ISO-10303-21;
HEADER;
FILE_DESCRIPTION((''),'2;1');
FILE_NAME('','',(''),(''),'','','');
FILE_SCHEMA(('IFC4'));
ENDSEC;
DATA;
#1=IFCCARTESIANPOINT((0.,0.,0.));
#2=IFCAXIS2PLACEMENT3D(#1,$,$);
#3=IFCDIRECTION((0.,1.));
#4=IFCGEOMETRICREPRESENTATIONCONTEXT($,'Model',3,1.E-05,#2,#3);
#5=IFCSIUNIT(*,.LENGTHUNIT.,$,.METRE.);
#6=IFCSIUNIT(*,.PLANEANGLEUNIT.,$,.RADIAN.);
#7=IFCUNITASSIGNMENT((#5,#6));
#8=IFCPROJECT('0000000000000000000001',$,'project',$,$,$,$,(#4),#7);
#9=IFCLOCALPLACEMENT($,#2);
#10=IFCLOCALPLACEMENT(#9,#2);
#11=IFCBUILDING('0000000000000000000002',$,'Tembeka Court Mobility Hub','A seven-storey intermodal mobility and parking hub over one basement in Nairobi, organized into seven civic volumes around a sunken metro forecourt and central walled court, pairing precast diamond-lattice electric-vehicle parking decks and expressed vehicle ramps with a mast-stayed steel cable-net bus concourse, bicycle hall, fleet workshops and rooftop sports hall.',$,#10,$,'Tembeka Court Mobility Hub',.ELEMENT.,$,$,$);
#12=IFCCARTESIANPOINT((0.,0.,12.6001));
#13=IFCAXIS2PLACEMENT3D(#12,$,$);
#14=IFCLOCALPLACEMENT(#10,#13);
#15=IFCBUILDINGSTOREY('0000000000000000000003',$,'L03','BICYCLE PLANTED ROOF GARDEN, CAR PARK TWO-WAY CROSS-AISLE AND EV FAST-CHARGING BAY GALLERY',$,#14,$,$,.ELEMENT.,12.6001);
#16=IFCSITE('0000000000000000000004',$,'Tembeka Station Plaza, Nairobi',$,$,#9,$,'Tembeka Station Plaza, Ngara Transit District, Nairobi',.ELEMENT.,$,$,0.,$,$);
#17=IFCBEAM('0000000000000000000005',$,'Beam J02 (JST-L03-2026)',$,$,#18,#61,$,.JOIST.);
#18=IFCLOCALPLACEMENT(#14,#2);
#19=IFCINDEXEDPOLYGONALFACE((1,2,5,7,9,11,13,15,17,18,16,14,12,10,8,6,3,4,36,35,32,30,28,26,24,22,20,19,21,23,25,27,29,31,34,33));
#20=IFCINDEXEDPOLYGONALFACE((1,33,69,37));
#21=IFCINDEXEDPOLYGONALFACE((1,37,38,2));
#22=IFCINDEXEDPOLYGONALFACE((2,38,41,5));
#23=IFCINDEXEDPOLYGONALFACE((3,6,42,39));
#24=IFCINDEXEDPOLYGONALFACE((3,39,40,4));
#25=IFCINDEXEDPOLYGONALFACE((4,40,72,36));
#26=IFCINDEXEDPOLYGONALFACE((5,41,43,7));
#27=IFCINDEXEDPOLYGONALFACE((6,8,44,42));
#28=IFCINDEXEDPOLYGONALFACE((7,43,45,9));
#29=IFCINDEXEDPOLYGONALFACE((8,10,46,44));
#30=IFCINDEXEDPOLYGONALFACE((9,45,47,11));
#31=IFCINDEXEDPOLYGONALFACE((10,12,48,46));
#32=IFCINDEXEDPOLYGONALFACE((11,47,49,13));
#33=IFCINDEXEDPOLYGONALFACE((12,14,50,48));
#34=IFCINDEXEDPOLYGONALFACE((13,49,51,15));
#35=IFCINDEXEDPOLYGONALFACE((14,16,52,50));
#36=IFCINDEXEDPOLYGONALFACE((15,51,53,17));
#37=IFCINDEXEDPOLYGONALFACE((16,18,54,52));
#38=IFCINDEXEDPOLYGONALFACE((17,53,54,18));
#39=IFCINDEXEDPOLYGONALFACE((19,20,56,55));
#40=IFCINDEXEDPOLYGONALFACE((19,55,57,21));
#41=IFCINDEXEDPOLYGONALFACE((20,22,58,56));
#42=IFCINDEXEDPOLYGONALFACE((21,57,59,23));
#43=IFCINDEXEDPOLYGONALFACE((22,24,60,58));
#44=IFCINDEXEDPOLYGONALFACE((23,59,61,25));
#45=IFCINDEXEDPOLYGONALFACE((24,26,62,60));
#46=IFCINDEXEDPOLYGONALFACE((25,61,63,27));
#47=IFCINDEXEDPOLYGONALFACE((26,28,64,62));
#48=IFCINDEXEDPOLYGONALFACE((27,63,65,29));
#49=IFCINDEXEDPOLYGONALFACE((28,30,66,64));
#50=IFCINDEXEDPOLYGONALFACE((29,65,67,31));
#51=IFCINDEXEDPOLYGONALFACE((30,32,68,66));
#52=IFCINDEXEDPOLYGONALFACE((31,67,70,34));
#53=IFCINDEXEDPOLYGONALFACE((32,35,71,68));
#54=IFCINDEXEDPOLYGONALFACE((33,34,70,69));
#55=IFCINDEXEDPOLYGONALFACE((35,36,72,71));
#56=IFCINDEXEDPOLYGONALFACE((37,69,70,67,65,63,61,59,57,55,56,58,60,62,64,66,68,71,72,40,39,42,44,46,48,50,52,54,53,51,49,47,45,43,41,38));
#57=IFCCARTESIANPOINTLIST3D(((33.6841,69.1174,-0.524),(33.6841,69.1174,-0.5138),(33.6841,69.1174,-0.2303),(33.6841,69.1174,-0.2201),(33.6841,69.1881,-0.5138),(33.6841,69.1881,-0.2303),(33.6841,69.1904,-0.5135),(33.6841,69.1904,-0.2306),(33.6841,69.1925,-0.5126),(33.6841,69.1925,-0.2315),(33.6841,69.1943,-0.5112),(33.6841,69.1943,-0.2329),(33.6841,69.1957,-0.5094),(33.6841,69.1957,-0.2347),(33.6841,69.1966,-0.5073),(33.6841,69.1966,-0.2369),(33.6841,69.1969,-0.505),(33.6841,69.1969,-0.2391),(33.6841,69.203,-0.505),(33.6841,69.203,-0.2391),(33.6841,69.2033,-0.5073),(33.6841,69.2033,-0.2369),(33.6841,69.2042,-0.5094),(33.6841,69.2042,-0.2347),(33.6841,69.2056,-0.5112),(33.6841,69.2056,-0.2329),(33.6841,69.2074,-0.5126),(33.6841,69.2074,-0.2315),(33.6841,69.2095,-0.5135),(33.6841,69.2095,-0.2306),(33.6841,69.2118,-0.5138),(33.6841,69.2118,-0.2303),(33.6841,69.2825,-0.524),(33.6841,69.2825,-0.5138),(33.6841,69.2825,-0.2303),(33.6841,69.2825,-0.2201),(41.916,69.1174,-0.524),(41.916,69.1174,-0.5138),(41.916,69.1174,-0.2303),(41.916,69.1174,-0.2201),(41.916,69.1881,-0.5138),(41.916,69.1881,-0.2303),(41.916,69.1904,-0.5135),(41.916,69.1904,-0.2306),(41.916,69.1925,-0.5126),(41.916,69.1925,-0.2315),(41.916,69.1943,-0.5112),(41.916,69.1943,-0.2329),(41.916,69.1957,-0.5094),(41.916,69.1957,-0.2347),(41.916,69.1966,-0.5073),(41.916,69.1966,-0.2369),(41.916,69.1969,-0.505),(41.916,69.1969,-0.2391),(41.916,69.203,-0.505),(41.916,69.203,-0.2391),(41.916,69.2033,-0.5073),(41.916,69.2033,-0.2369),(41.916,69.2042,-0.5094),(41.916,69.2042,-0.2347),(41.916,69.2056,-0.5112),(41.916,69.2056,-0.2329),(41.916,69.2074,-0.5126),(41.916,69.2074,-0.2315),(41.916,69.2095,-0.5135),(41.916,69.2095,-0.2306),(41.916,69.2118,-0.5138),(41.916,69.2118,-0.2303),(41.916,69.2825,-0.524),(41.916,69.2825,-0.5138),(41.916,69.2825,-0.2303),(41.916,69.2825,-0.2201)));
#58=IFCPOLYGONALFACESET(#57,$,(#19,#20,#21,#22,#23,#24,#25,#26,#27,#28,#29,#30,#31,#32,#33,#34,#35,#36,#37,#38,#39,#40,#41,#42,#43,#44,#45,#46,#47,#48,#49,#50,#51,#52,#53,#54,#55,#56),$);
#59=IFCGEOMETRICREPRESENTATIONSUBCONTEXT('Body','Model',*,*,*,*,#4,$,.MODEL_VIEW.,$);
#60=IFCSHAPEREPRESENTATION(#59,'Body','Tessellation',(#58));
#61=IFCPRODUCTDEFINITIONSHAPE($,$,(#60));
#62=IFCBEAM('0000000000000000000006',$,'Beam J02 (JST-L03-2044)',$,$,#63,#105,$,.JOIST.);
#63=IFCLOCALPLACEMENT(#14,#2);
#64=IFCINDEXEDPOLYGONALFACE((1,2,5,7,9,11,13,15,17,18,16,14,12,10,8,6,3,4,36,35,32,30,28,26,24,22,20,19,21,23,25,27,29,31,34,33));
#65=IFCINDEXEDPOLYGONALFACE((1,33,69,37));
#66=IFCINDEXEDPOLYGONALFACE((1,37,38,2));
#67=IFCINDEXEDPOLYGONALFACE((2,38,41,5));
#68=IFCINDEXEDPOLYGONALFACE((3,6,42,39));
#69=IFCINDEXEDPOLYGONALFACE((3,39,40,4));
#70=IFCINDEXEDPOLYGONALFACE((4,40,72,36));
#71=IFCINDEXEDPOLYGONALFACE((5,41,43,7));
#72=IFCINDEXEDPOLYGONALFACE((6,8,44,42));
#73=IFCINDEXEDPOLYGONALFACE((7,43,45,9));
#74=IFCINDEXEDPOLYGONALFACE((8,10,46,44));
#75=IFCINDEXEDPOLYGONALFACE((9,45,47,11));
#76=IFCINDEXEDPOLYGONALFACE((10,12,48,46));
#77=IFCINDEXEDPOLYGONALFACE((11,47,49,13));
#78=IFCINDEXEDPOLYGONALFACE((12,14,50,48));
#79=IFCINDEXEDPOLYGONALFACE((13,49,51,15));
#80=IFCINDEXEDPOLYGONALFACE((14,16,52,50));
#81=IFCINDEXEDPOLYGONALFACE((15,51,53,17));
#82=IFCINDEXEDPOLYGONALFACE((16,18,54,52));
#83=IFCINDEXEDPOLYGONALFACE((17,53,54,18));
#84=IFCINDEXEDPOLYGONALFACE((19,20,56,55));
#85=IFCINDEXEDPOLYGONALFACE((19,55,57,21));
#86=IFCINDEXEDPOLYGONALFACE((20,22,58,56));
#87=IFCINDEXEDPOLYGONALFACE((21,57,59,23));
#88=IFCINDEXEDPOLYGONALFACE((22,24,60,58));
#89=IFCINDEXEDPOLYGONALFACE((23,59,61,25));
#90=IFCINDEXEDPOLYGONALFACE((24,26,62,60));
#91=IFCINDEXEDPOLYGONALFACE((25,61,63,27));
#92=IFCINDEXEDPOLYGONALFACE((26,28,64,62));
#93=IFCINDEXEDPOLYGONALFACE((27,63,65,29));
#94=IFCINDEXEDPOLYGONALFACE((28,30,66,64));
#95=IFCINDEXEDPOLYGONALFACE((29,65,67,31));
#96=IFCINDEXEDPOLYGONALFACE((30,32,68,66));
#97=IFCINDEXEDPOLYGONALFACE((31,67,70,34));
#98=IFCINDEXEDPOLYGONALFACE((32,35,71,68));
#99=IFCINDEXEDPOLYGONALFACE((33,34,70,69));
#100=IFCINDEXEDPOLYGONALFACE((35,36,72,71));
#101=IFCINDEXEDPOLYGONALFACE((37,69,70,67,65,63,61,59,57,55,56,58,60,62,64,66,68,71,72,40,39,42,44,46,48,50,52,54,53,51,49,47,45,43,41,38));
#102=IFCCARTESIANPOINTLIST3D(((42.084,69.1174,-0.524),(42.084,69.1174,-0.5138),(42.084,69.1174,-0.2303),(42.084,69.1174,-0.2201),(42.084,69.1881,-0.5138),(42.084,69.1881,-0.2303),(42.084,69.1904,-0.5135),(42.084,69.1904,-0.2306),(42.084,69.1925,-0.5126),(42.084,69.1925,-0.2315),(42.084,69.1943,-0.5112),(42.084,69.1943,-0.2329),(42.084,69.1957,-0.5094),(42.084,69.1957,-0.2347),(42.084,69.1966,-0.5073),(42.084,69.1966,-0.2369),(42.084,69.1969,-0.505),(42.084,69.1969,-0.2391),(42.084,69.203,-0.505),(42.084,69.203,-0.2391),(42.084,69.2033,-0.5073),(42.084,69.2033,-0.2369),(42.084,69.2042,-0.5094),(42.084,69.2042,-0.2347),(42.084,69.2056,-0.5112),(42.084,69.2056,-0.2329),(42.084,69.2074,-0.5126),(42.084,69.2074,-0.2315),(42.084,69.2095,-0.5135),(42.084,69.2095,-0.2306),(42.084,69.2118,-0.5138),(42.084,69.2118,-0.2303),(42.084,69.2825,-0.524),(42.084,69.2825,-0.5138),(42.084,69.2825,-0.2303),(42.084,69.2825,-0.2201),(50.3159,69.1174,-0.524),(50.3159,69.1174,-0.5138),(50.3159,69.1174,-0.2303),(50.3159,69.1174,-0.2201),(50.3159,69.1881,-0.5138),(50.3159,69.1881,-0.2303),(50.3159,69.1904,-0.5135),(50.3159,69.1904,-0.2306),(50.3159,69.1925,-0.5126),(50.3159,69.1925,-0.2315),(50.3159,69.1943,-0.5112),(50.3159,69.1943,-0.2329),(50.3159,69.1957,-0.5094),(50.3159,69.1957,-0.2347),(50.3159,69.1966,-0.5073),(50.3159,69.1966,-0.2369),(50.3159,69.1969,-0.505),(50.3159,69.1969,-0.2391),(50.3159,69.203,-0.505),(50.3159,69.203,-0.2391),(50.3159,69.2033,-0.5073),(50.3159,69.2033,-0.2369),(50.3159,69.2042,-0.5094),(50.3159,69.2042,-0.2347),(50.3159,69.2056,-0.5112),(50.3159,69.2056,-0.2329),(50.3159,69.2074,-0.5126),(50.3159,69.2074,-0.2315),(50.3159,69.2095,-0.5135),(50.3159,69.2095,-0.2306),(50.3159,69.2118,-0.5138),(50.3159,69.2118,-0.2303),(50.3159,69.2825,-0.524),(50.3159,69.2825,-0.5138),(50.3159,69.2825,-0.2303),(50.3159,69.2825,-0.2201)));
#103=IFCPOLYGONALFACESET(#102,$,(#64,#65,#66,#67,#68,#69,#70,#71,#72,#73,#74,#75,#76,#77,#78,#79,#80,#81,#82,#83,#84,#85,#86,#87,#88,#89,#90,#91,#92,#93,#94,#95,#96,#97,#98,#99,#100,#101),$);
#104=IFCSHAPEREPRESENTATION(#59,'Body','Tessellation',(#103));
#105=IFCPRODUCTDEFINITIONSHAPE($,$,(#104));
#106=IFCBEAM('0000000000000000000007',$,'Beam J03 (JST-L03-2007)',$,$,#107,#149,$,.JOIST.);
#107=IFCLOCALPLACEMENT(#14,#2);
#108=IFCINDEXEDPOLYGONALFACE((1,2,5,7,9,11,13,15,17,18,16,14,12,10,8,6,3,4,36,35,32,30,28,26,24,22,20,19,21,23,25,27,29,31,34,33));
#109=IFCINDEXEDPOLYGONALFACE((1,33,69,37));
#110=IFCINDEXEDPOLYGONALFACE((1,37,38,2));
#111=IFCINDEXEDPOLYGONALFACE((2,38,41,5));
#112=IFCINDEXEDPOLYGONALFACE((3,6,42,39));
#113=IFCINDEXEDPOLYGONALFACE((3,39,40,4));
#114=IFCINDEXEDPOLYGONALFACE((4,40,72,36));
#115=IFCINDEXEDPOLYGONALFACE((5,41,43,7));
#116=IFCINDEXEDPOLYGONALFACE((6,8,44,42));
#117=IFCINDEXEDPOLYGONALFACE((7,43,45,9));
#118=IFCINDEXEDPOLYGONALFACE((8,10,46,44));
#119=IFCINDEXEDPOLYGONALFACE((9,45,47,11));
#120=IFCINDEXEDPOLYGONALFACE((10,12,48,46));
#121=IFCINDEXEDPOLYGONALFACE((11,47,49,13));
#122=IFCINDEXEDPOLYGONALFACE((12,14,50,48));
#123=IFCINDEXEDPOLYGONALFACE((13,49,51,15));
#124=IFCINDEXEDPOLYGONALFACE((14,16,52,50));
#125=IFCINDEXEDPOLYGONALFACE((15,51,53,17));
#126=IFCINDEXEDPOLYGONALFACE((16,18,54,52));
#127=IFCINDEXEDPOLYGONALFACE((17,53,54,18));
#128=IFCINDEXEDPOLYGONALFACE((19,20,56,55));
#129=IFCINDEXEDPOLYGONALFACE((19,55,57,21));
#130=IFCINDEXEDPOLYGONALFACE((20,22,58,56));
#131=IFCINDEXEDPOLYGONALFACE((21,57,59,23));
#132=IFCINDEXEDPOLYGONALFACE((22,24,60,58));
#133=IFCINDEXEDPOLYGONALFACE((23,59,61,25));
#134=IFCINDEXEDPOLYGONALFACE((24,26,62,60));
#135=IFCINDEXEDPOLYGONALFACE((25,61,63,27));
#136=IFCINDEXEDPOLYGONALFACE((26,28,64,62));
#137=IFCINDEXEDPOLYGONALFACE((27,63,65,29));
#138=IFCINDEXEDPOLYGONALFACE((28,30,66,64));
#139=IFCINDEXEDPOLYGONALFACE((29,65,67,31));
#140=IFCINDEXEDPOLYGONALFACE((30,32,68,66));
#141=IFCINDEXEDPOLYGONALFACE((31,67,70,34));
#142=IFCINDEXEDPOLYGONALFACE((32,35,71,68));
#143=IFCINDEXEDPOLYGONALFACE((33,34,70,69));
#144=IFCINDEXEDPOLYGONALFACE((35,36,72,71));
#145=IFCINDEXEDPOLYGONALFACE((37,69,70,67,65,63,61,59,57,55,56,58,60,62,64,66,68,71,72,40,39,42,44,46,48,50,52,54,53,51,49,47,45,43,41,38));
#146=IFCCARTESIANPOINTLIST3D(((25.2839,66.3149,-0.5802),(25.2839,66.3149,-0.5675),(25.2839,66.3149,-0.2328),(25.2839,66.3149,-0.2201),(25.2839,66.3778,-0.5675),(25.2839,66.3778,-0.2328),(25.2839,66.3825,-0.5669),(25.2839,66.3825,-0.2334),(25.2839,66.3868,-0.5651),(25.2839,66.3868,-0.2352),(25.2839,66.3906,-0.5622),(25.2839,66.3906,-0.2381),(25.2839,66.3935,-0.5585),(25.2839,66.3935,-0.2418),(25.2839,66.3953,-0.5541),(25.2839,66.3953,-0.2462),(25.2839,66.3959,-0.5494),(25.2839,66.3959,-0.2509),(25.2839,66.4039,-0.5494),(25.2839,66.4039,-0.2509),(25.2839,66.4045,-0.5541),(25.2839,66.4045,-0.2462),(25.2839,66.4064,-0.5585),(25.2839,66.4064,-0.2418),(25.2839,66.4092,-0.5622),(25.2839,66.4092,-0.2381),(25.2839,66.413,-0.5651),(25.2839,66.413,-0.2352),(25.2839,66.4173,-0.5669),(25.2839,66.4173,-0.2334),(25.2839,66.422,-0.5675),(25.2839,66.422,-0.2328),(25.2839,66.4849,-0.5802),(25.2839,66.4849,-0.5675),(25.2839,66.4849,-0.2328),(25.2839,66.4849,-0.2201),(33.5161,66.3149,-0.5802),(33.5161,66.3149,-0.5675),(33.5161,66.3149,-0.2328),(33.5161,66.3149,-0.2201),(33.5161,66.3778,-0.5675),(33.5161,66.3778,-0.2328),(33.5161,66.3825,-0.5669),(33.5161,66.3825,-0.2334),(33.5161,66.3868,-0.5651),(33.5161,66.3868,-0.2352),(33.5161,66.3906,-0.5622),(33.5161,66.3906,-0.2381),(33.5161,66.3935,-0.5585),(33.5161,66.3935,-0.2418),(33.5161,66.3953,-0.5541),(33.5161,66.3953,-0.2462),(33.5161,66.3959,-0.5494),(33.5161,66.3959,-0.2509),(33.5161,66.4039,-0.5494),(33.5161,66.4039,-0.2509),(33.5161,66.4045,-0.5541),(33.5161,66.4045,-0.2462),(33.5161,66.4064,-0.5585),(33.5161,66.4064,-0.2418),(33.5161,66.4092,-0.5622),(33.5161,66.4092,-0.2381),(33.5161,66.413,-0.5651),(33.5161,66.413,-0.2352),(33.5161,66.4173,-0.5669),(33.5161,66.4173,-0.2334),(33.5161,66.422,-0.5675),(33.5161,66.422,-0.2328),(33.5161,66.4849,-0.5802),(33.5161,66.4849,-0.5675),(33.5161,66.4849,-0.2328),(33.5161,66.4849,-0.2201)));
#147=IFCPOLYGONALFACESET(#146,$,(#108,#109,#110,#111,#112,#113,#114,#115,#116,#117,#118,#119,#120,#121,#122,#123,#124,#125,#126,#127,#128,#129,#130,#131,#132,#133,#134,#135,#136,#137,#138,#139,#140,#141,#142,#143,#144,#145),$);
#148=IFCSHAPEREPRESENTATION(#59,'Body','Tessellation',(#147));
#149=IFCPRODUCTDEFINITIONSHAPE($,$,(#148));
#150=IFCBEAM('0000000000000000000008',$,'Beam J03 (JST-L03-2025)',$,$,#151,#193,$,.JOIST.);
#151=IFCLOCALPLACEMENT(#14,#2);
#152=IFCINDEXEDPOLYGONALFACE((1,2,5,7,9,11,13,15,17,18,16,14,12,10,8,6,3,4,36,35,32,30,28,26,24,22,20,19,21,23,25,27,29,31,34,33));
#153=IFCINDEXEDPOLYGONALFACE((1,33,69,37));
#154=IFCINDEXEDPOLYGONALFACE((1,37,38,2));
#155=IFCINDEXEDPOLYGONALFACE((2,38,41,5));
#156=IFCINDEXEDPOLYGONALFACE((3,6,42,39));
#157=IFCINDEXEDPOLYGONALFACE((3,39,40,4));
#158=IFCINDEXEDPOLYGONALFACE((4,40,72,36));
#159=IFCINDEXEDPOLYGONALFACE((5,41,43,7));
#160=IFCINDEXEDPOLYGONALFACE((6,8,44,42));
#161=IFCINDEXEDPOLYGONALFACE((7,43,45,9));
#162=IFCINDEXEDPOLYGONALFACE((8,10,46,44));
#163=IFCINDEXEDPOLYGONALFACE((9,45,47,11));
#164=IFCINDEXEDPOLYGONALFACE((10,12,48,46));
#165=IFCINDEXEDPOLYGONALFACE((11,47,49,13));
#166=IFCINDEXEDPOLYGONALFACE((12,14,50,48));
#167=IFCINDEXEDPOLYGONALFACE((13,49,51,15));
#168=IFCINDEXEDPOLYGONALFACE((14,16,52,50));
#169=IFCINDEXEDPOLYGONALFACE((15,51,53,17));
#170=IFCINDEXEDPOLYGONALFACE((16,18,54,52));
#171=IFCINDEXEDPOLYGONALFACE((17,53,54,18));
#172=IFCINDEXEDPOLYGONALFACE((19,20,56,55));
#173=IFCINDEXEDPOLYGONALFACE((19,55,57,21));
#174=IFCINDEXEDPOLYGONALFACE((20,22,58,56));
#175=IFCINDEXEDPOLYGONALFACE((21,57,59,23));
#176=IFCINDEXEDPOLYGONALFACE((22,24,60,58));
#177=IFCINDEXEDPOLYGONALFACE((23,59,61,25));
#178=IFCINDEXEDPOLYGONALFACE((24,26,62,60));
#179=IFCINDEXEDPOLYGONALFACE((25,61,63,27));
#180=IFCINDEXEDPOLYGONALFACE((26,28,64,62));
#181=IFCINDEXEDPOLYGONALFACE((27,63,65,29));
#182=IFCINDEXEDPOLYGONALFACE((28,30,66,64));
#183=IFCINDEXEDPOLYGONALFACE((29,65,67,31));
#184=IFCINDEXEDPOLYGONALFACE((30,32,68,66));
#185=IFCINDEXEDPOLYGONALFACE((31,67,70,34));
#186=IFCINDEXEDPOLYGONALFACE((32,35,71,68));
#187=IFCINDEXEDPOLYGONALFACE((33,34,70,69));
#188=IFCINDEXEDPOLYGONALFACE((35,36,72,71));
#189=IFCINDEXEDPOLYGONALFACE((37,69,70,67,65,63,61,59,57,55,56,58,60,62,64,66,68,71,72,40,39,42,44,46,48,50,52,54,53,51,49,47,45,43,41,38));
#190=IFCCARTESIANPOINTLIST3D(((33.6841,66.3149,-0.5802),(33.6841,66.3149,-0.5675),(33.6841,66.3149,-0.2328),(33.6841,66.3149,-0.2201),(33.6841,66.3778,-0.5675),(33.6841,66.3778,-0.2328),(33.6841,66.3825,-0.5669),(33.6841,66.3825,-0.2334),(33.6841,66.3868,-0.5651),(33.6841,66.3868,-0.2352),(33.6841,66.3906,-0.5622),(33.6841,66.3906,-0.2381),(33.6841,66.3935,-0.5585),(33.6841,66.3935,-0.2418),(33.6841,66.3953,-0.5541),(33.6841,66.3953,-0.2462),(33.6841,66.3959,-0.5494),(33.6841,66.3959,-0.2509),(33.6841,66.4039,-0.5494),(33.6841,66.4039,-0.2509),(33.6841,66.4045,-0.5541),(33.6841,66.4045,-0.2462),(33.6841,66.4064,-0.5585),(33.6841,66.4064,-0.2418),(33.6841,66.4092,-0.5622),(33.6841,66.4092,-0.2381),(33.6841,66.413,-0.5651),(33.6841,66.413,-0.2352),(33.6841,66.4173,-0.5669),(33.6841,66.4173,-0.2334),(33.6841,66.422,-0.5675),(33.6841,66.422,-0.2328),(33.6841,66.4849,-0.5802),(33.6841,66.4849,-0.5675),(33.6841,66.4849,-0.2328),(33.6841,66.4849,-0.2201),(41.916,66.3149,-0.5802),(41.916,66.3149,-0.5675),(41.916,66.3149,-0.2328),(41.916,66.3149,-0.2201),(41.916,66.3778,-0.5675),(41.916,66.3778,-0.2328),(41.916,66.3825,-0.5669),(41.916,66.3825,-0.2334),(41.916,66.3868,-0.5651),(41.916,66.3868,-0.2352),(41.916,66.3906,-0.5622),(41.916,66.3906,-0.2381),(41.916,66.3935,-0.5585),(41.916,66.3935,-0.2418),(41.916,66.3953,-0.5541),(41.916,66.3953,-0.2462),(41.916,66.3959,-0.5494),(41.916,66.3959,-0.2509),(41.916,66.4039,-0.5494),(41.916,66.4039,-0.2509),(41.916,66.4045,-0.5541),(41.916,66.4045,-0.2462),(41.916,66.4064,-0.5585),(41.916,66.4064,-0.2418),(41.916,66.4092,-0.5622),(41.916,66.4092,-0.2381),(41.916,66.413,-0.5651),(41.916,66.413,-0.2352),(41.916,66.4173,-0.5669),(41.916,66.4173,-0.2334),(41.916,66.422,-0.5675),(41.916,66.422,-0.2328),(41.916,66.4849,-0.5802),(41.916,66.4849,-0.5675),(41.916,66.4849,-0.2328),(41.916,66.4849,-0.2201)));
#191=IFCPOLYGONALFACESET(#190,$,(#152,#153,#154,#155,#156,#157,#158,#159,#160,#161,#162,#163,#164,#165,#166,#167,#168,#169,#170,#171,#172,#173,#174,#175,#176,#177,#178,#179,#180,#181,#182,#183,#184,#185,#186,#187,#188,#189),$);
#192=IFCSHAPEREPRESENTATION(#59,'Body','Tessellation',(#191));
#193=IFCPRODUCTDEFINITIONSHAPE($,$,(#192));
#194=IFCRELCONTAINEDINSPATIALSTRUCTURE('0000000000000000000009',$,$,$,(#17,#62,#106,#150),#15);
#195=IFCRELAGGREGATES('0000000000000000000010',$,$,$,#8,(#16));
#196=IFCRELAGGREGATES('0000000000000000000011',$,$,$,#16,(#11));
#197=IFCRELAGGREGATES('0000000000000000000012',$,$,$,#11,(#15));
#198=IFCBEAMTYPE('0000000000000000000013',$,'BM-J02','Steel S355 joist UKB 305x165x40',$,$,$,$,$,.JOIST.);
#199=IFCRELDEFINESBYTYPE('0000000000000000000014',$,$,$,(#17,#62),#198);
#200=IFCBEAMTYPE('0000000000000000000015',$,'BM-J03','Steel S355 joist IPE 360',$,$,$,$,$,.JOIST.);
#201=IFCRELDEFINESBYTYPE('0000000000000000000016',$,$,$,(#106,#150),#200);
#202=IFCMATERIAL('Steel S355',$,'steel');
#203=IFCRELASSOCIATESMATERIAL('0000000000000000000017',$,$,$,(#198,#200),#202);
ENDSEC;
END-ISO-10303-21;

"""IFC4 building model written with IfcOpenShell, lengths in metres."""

from ifc_helpers import new_model, si_unit, direction, frame, origin, origin_2d, place, context, subcontext, project, spatial, i_section, extrude, material, material_profile, profile_set, type_object, element, save


model = new_model("IFC4")

# Units and contexts
model_context = context("Model", 3, precision=1e-05, world=origin(), true_north=direction((0.0, 1.0)))
body_context = subcontext(model_context, "Body", "Model", "MODEL_VIEW")
ifc_project = project(units=[si_unit("LENGTHUNIT", "METRE"), si_unit("PLANEANGLEUNIT", "RADIAN")], contexts=[model_context])

# Site, building, storey
site_placement = place(None, origin())
site = spatial("IfcSite", under=ifc_project, at=site_placement, Name="Tembeka Station Plaza, Nairobi", LongName="Tembeka Station Plaza, Ngara Transit District, Nairobi", CompositionType="ELEMENT", RefElevation=0.0)
building_placement = place(site_placement, origin())
building = spatial("IfcBuilding", under=site, at=building_placement, Name="Tembeka Court Mobility Hub", Description="A seven-storey intermodal mobility and parking hub over one basement in Nairobi, organized into seven civic volumes around a sunken metro forecourt and central walled court, pairing precast diamond-lattice electric-vehicle parking decks and expressed vehicle ramps with a mast-stayed steel cable-net bus concourse, bicycle hall, fleet workshops and rooftop sports hall.", LongName="Tembeka Court Mobility Hub", CompositionType="ELEMENT")
storey_placement = place(building_placement, frame((0.0, 0.0, 12.6001)))
storey = spatial("IfcBuildingStorey", under=building, at=storey_placement, Name="L03", Description="BICYCLE PLANTED ROOF GARDEN, CAR PARK TWO-WAY CROSS-AISLE AND EV FAST-CHARGING BAY GALLERY", CompositionType="ELEMENT", Elevation=12.6001)

# Shared definitions
ifc_material = material(Name="Steel S355", Category="steel")

# Beams
ifc_material_profile_1 = material_profile(ifc_material, i_section(OverallWidth=0.165, OverallDepth=0.304, WebThickness=0.0061, FlangeThickness=0.0103, FilletRadius=0.0088, at=origin_2d()), Name="UKB 305x165x40")
ifc_profile_set_1 = profile_set([ifc_material_profile_1], Name="Steel S355")
beam_type_1 = type_object("IfcBeamType", Name="BM-J02", Description="Steel S355 joist UKB 305x165x40", PredefinedType="JOIST", material=ifc_profile_set_1)
for number, where, z_axis, x_axis, name in (
    (1, (33.6841, 69.2, -0.3721), (1.0, 0.0, 0.0), (0.0, 1.0, 0.0), "Beam J02 (JST-L03-2026)"),
    (2, (42.084, 69.2, -0.3721), (1.0, 0.0, 0.0), (0.0, 1.0, 0.0), "Beam J02 (JST-L03-2044)"),
):
    element("IfcBeam", number, at=place(storey_placement, frame(where, z_axis=z_axis, x_axis=x_axis)), inside=storey, type_object=beam_type_1, Name=name, PredefinedType="JOIST", context=body_context, shape_type="SweptSolid", body=[
        extrude(i_section(OverallWidth=0.165, OverallDepth=0.304, WebThickness=0.0061, FlangeThickness=0.0103, FilletRadius=0.0088, at=origin_2d()), origin(), (0.0, 0.0, 1.0), 8.2319),
    ])
ifc_material_profile_2 = material_profile(ifc_material, i_section(OverallWidth=0.1699, OverallDepth=0.3601, WebThickness=0.0081, FlangeThickness=0.0127, FilletRadius=0.0181, at=origin_2d()), Name="IPE 360")
ifc_profile_set_2 = profile_set([ifc_material_profile_2], Name="Steel S355")
beam_type_2 = type_object("IfcBeamType", Name="BM-J03", Description="Steel S355 joist IPE 360", PredefinedType="JOIST", material=ifc_profile_set_2)
beam_1_placement = place(storey_placement, frame((25.2839, 66.3999, -0.4001), z_axis=(1.0, 0.0, 0.0), x_axis=(0.0, 1.0, 0.0)))
element("IfcBeam", 3, at=beam_1_placement, inside=storey, type_object=beam_type_2, Name="Beam J03 (JST-L03-2007)", PredefinedType="JOIST", context=body_context, shape_type="SweptSolid", body=[
    extrude(i_section(OverallWidth=0.1699, OverallDepth=0.3601, WebThickness=0.0081, FlangeThickness=0.0127, FilletRadius=0.0181, at=origin_2d()), origin(), (0.0, 0.0, 1.0), 8.2322),
])
for number, where, z_axis, x_axis, name in (
    (4, (33.6841, 66.3999, -0.4001), (1.0, 0.0, 0.0), (0.0, 1.0, 0.0), "Beam J03 (JST-L03-2025)"),
):
    element("IfcBeam", number, at=place(storey_placement, frame(where, z_axis=z_axis, x_axis=x_axis)), inside=storey, type_object=beam_type_2, Name=name, PredefinedType="JOIST", context=body_context, shape_type="SweptSolid", body=[
        extrude(i_section(OverallWidth=0.1699, OverallDepth=0.3601, WebThickness=0.0081, FlangeThickness=0.0127, FilletRadius=0.0181, at=origin_2d()), origin(), (0.0, 0.0, 1.0), 8.2319),
    ])

save(model, "model.ifc")
